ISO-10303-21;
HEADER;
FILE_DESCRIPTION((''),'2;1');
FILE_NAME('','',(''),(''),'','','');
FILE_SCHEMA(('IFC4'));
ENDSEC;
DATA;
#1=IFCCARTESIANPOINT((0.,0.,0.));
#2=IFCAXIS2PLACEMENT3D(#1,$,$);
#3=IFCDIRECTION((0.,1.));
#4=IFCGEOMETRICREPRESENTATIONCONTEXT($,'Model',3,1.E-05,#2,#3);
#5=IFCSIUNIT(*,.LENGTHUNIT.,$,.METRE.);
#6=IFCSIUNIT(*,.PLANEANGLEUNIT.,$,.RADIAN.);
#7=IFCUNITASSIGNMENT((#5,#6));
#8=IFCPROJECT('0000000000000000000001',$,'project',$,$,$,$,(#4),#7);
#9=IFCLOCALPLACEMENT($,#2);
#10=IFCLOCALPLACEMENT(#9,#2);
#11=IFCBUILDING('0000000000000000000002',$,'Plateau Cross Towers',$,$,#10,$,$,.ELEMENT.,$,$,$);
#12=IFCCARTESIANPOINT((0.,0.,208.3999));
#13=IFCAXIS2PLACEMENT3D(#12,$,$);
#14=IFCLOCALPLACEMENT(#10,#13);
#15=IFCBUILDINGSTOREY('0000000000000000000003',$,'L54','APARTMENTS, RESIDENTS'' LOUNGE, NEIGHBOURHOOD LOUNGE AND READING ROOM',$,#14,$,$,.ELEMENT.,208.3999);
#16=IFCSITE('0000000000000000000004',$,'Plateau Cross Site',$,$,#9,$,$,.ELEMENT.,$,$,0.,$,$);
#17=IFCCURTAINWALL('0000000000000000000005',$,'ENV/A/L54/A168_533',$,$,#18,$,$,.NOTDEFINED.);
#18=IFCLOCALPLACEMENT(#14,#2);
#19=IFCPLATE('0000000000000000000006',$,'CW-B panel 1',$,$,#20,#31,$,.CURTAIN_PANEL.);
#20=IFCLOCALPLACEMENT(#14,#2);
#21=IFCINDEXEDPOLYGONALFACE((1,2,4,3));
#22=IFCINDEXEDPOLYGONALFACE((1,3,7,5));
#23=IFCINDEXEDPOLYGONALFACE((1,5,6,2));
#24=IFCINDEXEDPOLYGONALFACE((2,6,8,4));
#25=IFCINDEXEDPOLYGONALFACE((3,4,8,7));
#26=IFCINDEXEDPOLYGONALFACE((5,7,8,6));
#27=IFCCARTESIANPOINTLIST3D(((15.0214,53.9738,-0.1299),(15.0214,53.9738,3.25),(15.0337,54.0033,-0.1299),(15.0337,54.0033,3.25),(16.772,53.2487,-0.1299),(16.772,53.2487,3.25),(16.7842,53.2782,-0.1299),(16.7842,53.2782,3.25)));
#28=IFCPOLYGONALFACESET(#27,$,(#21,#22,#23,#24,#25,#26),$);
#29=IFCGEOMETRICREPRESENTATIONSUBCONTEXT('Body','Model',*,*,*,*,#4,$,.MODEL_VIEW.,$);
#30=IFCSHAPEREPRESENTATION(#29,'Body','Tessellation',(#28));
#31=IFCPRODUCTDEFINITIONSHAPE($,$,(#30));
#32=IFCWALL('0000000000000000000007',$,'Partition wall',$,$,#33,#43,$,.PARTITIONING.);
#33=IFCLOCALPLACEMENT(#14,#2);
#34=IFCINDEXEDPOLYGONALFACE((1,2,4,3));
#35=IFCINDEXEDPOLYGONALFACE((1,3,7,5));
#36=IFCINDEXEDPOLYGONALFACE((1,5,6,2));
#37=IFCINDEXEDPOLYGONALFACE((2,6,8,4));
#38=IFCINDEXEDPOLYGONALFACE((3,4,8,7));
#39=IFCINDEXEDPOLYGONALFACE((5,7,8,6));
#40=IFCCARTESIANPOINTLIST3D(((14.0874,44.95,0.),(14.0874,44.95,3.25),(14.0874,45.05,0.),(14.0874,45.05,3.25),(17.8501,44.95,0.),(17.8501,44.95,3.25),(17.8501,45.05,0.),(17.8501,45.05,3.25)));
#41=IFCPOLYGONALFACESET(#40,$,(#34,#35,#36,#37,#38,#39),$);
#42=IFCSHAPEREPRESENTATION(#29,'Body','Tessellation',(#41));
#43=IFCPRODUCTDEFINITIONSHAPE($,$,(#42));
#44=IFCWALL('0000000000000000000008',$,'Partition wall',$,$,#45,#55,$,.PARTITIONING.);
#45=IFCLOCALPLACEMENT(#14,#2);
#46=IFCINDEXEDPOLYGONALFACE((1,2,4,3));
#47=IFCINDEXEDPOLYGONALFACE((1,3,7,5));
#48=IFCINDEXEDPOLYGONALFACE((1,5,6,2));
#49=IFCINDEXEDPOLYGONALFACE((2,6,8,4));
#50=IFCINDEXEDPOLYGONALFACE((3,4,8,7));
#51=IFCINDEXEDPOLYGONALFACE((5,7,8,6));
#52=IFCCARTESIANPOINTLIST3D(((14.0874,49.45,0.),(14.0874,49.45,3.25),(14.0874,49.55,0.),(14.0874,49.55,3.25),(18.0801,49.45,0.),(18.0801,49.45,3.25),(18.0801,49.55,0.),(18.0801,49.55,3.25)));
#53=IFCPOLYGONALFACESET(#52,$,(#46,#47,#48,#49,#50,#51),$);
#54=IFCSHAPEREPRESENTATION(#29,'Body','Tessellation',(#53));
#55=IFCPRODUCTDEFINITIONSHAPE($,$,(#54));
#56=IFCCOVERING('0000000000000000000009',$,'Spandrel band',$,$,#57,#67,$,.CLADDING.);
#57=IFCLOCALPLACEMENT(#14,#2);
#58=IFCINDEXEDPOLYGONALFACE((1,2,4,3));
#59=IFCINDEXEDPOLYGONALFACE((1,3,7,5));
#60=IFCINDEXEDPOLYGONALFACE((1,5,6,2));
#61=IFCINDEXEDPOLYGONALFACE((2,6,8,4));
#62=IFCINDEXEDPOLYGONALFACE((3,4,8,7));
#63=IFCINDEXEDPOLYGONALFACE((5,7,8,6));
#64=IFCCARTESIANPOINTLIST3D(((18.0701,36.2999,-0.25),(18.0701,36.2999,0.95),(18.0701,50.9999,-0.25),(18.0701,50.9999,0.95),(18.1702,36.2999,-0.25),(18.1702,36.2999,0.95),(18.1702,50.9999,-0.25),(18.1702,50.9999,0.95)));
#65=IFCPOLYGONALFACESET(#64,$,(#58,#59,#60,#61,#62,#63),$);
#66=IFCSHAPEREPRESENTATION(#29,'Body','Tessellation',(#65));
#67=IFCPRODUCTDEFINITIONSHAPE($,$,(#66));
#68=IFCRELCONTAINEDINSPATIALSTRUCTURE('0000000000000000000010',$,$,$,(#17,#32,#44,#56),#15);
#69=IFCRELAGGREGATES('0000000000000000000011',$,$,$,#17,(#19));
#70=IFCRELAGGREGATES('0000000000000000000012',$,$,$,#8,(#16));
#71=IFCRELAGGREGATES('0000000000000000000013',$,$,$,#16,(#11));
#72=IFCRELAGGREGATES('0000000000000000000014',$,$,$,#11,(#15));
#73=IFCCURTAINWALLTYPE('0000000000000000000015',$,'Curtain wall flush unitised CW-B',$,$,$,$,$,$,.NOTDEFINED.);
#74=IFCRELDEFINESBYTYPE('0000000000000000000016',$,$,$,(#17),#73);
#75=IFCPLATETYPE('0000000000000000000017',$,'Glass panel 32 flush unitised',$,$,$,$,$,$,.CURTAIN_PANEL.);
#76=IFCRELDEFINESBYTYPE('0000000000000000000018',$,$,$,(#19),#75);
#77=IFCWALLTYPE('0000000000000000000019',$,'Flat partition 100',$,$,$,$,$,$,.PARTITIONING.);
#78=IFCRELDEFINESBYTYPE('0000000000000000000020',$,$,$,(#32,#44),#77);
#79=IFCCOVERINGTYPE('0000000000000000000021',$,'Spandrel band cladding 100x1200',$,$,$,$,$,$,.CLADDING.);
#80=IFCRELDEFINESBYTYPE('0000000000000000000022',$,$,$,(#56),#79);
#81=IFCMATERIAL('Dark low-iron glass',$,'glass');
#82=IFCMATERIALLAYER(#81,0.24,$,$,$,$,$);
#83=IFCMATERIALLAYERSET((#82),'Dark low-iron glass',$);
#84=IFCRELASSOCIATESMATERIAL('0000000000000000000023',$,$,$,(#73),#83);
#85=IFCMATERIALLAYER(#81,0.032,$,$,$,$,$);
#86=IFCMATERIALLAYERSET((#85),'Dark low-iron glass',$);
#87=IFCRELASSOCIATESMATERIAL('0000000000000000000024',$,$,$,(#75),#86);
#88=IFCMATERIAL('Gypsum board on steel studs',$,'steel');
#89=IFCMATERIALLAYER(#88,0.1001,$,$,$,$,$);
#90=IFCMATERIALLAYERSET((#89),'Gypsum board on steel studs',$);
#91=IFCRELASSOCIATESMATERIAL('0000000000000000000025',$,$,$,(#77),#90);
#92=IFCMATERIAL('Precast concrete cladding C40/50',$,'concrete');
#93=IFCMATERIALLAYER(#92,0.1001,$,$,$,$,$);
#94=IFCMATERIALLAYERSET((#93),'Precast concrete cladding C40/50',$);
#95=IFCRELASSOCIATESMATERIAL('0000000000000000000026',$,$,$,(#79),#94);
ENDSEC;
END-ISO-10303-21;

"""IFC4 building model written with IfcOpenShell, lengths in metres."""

from ifc_helpers import new_model, si_unit, direction, frame, frame_2d, origin, origin_2d, place, context, subcontext, project, spatial, rectangle, extrude, material, layer, layer_set, type_object, element, aggregate, save


model = new_model("IFC4")

# Units and contexts
model_context = context("Model", 3, precision=1e-05, world=origin(), true_north=direction((0.0, 1.0)))
body_context = subcontext(model_context, "Body", "Model", "MODEL_VIEW")
ifc_project = project(units=[si_unit("LENGTHUNIT", "METRE"), si_unit("PLANEANGLEUNIT", "RADIAN")], contexts=[model_context])

# Site, building, storey
site_placement = place(None, origin())
site = spatial("IfcSite", under=ifc_project, at=site_placement, Name="Plateau Cross Site", CompositionType="ELEMENT", RefElevation=0.0)
building_placement = place(site_placement, origin())
building = spatial("IfcBuilding", under=site, at=building_placement, Name="Plateau Cross Towers", CompositionType="ELEMENT")
storey_placement = place(building_placement, frame((0.0, 0.0, 208.3999)))
storey = spatial("IfcBuildingStorey", under=building, at=storey_placement, Name="L54", Description="APARTMENTS, RESIDENTS' LOUNGE, NEIGHBOURHOOD LOUNGE AND READING ROOM", CompositionType="ELEMENT", Elevation=208.3999)

# Shared definitions
ifc_material_1 = material(Name="Dark low-iron glass", Category="glass")
ifc_layer_1 = layer(ifc_material_1, 0.24)
ifc_layer_set_1 = layer_set([ifc_layer_1], Name="Dark low-iron glass")
curtain_wall_type = type_object("IfcCurtainWallType", Name="Curtain wall flush unitised CW-B", PredefinedType="NOTDEFINED", material=ifc_layer_set_1)

# Curtain wall
curtain_wall_1_placement = place(storey_placement, origin())
curtain_wall_1 = element("IfcCurtainWall", 1, at=curtain_wall_1_placement, inside=storey, type_object=curtain_wall_type, Name="ENV/A/L54/A168_533", PredefinedType="NOTDEFINED")

# Plate
ifc_layer_2 = layer(ifc_material_1, 0.032)
ifc_layer_set_2 = layer_set([ifc_layer_2], Name="Dark low-iron glass")
plate_type = type_object("IfcPlateType", Name="Glass panel 32 flush unitised", PredefinedType="CURTAIN_PANEL", material=ifc_layer_set_2)
plate_1_placement = place(storey_placement, frame((15.9028, 53.626, -0.1299), z_axis=(0.0, 0.0, 1.0), x_axis=(-0.923879, 0.382684, 0.0)))
plate_1 = element("IfcPlate", 2, at=plate_1_placement, type_object=plate_type, Name="CW-B panel 1", PredefinedType="CURTAIN_PANEL", context=body_context, shape_type="SweptSolid", body=[
    extrude(rectangle(XDim=1.8948, YDim=0.032, at=origin_2d()), origin(), (0.0, 0.0, 1.0), 3.3799),
])
aggregate(curtain_wall_1, [plate_1])

# Walls
ifc_material_2 = material(Name="Gypsum board on steel studs", Category="steel")
ifc_layer_3 = layer(ifc_material_2, 0.1001)
ifc_layer_set_3 = layer_set([ifc_layer_3], Name="Gypsum board on steel studs")
wall_type_1 = type_object("IfcWallType", Name="Flat partition 100", PredefinedType="PARTITIONING", material=ifc_layer_set_3)
wall_1_placement = place(storey_placement, frame((17.8501, 45.0, 0.0), z_axis=(0.0, 0.0, 1.0), x_axis=(-1.0, 0.0, 0.0)))
element("IfcWall", 3, at=wall_1_placement, inside=storey, type_object=wall_type_1, Name="Partition wall", PredefinedType="PARTITIONING", context=body_context, shape_type="SweptSolid", body=[
    extrude(rectangle(XDim=3.7627, YDim=0.1001, at=frame_2d((1.8813, 0.0))), origin(), (0.0, 0.0, 1.0), 3.25),
])
wall_2_placement = place(storey_placement, frame((18.0801, 49.5, 0.0), z_axis=(0.0, 0.0, 1.0), x_axis=(-1.0, 0.0, 0.0)))
element("IfcWall", 4, at=wall_2_placement, inside=storey, type_object=wall_type_1, Name="Partition wall", PredefinedType="PARTITIONING", context=body_context, shape_type="SweptSolid", body=[
    extrude(rectangle(XDim=3.9927, YDim=0.1001, at=frame_2d((1.9963, 0.0))), origin(), (0.0, 0.0, 1.0), 3.25),
])

# Covering
ifc_material_3 = material(Name="Precast concrete cladding C40/50", Category="concrete")
ifc_layer_4 = layer(ifc_material_3, 0.1001)
ifc_layer_set_4 = layer_set([ifc_layer_4], Name="Precast concrete cladding C40/50")
covering_type = type_object("IfcCoveringType", Name="Spandrel band cladding 100x1200", PredefinedType="CLADDING", material=ifc_layer_set_4)
covering_placement = place(storey_placement, frame((18.1201, 43.6499, -0.25), z_axis=(0.0, 0.0, 1.0), x_axis=(0.0, 1.0, 0.0)))
element("IfcCovering", 5, at=covering_placement, inside=storey, type_object=covering_type, Name="Spandrel band", PredefinedType="CLADDING", context=body_context, shape_type="SweptSolid", body=[
    extrude(rectangle(XDim=14.7, YDim=0.1001, at=origin_2d()), origin(), (0.0, 0.0, 1.0), 1.2),
])

save(model, "model.ifc")
